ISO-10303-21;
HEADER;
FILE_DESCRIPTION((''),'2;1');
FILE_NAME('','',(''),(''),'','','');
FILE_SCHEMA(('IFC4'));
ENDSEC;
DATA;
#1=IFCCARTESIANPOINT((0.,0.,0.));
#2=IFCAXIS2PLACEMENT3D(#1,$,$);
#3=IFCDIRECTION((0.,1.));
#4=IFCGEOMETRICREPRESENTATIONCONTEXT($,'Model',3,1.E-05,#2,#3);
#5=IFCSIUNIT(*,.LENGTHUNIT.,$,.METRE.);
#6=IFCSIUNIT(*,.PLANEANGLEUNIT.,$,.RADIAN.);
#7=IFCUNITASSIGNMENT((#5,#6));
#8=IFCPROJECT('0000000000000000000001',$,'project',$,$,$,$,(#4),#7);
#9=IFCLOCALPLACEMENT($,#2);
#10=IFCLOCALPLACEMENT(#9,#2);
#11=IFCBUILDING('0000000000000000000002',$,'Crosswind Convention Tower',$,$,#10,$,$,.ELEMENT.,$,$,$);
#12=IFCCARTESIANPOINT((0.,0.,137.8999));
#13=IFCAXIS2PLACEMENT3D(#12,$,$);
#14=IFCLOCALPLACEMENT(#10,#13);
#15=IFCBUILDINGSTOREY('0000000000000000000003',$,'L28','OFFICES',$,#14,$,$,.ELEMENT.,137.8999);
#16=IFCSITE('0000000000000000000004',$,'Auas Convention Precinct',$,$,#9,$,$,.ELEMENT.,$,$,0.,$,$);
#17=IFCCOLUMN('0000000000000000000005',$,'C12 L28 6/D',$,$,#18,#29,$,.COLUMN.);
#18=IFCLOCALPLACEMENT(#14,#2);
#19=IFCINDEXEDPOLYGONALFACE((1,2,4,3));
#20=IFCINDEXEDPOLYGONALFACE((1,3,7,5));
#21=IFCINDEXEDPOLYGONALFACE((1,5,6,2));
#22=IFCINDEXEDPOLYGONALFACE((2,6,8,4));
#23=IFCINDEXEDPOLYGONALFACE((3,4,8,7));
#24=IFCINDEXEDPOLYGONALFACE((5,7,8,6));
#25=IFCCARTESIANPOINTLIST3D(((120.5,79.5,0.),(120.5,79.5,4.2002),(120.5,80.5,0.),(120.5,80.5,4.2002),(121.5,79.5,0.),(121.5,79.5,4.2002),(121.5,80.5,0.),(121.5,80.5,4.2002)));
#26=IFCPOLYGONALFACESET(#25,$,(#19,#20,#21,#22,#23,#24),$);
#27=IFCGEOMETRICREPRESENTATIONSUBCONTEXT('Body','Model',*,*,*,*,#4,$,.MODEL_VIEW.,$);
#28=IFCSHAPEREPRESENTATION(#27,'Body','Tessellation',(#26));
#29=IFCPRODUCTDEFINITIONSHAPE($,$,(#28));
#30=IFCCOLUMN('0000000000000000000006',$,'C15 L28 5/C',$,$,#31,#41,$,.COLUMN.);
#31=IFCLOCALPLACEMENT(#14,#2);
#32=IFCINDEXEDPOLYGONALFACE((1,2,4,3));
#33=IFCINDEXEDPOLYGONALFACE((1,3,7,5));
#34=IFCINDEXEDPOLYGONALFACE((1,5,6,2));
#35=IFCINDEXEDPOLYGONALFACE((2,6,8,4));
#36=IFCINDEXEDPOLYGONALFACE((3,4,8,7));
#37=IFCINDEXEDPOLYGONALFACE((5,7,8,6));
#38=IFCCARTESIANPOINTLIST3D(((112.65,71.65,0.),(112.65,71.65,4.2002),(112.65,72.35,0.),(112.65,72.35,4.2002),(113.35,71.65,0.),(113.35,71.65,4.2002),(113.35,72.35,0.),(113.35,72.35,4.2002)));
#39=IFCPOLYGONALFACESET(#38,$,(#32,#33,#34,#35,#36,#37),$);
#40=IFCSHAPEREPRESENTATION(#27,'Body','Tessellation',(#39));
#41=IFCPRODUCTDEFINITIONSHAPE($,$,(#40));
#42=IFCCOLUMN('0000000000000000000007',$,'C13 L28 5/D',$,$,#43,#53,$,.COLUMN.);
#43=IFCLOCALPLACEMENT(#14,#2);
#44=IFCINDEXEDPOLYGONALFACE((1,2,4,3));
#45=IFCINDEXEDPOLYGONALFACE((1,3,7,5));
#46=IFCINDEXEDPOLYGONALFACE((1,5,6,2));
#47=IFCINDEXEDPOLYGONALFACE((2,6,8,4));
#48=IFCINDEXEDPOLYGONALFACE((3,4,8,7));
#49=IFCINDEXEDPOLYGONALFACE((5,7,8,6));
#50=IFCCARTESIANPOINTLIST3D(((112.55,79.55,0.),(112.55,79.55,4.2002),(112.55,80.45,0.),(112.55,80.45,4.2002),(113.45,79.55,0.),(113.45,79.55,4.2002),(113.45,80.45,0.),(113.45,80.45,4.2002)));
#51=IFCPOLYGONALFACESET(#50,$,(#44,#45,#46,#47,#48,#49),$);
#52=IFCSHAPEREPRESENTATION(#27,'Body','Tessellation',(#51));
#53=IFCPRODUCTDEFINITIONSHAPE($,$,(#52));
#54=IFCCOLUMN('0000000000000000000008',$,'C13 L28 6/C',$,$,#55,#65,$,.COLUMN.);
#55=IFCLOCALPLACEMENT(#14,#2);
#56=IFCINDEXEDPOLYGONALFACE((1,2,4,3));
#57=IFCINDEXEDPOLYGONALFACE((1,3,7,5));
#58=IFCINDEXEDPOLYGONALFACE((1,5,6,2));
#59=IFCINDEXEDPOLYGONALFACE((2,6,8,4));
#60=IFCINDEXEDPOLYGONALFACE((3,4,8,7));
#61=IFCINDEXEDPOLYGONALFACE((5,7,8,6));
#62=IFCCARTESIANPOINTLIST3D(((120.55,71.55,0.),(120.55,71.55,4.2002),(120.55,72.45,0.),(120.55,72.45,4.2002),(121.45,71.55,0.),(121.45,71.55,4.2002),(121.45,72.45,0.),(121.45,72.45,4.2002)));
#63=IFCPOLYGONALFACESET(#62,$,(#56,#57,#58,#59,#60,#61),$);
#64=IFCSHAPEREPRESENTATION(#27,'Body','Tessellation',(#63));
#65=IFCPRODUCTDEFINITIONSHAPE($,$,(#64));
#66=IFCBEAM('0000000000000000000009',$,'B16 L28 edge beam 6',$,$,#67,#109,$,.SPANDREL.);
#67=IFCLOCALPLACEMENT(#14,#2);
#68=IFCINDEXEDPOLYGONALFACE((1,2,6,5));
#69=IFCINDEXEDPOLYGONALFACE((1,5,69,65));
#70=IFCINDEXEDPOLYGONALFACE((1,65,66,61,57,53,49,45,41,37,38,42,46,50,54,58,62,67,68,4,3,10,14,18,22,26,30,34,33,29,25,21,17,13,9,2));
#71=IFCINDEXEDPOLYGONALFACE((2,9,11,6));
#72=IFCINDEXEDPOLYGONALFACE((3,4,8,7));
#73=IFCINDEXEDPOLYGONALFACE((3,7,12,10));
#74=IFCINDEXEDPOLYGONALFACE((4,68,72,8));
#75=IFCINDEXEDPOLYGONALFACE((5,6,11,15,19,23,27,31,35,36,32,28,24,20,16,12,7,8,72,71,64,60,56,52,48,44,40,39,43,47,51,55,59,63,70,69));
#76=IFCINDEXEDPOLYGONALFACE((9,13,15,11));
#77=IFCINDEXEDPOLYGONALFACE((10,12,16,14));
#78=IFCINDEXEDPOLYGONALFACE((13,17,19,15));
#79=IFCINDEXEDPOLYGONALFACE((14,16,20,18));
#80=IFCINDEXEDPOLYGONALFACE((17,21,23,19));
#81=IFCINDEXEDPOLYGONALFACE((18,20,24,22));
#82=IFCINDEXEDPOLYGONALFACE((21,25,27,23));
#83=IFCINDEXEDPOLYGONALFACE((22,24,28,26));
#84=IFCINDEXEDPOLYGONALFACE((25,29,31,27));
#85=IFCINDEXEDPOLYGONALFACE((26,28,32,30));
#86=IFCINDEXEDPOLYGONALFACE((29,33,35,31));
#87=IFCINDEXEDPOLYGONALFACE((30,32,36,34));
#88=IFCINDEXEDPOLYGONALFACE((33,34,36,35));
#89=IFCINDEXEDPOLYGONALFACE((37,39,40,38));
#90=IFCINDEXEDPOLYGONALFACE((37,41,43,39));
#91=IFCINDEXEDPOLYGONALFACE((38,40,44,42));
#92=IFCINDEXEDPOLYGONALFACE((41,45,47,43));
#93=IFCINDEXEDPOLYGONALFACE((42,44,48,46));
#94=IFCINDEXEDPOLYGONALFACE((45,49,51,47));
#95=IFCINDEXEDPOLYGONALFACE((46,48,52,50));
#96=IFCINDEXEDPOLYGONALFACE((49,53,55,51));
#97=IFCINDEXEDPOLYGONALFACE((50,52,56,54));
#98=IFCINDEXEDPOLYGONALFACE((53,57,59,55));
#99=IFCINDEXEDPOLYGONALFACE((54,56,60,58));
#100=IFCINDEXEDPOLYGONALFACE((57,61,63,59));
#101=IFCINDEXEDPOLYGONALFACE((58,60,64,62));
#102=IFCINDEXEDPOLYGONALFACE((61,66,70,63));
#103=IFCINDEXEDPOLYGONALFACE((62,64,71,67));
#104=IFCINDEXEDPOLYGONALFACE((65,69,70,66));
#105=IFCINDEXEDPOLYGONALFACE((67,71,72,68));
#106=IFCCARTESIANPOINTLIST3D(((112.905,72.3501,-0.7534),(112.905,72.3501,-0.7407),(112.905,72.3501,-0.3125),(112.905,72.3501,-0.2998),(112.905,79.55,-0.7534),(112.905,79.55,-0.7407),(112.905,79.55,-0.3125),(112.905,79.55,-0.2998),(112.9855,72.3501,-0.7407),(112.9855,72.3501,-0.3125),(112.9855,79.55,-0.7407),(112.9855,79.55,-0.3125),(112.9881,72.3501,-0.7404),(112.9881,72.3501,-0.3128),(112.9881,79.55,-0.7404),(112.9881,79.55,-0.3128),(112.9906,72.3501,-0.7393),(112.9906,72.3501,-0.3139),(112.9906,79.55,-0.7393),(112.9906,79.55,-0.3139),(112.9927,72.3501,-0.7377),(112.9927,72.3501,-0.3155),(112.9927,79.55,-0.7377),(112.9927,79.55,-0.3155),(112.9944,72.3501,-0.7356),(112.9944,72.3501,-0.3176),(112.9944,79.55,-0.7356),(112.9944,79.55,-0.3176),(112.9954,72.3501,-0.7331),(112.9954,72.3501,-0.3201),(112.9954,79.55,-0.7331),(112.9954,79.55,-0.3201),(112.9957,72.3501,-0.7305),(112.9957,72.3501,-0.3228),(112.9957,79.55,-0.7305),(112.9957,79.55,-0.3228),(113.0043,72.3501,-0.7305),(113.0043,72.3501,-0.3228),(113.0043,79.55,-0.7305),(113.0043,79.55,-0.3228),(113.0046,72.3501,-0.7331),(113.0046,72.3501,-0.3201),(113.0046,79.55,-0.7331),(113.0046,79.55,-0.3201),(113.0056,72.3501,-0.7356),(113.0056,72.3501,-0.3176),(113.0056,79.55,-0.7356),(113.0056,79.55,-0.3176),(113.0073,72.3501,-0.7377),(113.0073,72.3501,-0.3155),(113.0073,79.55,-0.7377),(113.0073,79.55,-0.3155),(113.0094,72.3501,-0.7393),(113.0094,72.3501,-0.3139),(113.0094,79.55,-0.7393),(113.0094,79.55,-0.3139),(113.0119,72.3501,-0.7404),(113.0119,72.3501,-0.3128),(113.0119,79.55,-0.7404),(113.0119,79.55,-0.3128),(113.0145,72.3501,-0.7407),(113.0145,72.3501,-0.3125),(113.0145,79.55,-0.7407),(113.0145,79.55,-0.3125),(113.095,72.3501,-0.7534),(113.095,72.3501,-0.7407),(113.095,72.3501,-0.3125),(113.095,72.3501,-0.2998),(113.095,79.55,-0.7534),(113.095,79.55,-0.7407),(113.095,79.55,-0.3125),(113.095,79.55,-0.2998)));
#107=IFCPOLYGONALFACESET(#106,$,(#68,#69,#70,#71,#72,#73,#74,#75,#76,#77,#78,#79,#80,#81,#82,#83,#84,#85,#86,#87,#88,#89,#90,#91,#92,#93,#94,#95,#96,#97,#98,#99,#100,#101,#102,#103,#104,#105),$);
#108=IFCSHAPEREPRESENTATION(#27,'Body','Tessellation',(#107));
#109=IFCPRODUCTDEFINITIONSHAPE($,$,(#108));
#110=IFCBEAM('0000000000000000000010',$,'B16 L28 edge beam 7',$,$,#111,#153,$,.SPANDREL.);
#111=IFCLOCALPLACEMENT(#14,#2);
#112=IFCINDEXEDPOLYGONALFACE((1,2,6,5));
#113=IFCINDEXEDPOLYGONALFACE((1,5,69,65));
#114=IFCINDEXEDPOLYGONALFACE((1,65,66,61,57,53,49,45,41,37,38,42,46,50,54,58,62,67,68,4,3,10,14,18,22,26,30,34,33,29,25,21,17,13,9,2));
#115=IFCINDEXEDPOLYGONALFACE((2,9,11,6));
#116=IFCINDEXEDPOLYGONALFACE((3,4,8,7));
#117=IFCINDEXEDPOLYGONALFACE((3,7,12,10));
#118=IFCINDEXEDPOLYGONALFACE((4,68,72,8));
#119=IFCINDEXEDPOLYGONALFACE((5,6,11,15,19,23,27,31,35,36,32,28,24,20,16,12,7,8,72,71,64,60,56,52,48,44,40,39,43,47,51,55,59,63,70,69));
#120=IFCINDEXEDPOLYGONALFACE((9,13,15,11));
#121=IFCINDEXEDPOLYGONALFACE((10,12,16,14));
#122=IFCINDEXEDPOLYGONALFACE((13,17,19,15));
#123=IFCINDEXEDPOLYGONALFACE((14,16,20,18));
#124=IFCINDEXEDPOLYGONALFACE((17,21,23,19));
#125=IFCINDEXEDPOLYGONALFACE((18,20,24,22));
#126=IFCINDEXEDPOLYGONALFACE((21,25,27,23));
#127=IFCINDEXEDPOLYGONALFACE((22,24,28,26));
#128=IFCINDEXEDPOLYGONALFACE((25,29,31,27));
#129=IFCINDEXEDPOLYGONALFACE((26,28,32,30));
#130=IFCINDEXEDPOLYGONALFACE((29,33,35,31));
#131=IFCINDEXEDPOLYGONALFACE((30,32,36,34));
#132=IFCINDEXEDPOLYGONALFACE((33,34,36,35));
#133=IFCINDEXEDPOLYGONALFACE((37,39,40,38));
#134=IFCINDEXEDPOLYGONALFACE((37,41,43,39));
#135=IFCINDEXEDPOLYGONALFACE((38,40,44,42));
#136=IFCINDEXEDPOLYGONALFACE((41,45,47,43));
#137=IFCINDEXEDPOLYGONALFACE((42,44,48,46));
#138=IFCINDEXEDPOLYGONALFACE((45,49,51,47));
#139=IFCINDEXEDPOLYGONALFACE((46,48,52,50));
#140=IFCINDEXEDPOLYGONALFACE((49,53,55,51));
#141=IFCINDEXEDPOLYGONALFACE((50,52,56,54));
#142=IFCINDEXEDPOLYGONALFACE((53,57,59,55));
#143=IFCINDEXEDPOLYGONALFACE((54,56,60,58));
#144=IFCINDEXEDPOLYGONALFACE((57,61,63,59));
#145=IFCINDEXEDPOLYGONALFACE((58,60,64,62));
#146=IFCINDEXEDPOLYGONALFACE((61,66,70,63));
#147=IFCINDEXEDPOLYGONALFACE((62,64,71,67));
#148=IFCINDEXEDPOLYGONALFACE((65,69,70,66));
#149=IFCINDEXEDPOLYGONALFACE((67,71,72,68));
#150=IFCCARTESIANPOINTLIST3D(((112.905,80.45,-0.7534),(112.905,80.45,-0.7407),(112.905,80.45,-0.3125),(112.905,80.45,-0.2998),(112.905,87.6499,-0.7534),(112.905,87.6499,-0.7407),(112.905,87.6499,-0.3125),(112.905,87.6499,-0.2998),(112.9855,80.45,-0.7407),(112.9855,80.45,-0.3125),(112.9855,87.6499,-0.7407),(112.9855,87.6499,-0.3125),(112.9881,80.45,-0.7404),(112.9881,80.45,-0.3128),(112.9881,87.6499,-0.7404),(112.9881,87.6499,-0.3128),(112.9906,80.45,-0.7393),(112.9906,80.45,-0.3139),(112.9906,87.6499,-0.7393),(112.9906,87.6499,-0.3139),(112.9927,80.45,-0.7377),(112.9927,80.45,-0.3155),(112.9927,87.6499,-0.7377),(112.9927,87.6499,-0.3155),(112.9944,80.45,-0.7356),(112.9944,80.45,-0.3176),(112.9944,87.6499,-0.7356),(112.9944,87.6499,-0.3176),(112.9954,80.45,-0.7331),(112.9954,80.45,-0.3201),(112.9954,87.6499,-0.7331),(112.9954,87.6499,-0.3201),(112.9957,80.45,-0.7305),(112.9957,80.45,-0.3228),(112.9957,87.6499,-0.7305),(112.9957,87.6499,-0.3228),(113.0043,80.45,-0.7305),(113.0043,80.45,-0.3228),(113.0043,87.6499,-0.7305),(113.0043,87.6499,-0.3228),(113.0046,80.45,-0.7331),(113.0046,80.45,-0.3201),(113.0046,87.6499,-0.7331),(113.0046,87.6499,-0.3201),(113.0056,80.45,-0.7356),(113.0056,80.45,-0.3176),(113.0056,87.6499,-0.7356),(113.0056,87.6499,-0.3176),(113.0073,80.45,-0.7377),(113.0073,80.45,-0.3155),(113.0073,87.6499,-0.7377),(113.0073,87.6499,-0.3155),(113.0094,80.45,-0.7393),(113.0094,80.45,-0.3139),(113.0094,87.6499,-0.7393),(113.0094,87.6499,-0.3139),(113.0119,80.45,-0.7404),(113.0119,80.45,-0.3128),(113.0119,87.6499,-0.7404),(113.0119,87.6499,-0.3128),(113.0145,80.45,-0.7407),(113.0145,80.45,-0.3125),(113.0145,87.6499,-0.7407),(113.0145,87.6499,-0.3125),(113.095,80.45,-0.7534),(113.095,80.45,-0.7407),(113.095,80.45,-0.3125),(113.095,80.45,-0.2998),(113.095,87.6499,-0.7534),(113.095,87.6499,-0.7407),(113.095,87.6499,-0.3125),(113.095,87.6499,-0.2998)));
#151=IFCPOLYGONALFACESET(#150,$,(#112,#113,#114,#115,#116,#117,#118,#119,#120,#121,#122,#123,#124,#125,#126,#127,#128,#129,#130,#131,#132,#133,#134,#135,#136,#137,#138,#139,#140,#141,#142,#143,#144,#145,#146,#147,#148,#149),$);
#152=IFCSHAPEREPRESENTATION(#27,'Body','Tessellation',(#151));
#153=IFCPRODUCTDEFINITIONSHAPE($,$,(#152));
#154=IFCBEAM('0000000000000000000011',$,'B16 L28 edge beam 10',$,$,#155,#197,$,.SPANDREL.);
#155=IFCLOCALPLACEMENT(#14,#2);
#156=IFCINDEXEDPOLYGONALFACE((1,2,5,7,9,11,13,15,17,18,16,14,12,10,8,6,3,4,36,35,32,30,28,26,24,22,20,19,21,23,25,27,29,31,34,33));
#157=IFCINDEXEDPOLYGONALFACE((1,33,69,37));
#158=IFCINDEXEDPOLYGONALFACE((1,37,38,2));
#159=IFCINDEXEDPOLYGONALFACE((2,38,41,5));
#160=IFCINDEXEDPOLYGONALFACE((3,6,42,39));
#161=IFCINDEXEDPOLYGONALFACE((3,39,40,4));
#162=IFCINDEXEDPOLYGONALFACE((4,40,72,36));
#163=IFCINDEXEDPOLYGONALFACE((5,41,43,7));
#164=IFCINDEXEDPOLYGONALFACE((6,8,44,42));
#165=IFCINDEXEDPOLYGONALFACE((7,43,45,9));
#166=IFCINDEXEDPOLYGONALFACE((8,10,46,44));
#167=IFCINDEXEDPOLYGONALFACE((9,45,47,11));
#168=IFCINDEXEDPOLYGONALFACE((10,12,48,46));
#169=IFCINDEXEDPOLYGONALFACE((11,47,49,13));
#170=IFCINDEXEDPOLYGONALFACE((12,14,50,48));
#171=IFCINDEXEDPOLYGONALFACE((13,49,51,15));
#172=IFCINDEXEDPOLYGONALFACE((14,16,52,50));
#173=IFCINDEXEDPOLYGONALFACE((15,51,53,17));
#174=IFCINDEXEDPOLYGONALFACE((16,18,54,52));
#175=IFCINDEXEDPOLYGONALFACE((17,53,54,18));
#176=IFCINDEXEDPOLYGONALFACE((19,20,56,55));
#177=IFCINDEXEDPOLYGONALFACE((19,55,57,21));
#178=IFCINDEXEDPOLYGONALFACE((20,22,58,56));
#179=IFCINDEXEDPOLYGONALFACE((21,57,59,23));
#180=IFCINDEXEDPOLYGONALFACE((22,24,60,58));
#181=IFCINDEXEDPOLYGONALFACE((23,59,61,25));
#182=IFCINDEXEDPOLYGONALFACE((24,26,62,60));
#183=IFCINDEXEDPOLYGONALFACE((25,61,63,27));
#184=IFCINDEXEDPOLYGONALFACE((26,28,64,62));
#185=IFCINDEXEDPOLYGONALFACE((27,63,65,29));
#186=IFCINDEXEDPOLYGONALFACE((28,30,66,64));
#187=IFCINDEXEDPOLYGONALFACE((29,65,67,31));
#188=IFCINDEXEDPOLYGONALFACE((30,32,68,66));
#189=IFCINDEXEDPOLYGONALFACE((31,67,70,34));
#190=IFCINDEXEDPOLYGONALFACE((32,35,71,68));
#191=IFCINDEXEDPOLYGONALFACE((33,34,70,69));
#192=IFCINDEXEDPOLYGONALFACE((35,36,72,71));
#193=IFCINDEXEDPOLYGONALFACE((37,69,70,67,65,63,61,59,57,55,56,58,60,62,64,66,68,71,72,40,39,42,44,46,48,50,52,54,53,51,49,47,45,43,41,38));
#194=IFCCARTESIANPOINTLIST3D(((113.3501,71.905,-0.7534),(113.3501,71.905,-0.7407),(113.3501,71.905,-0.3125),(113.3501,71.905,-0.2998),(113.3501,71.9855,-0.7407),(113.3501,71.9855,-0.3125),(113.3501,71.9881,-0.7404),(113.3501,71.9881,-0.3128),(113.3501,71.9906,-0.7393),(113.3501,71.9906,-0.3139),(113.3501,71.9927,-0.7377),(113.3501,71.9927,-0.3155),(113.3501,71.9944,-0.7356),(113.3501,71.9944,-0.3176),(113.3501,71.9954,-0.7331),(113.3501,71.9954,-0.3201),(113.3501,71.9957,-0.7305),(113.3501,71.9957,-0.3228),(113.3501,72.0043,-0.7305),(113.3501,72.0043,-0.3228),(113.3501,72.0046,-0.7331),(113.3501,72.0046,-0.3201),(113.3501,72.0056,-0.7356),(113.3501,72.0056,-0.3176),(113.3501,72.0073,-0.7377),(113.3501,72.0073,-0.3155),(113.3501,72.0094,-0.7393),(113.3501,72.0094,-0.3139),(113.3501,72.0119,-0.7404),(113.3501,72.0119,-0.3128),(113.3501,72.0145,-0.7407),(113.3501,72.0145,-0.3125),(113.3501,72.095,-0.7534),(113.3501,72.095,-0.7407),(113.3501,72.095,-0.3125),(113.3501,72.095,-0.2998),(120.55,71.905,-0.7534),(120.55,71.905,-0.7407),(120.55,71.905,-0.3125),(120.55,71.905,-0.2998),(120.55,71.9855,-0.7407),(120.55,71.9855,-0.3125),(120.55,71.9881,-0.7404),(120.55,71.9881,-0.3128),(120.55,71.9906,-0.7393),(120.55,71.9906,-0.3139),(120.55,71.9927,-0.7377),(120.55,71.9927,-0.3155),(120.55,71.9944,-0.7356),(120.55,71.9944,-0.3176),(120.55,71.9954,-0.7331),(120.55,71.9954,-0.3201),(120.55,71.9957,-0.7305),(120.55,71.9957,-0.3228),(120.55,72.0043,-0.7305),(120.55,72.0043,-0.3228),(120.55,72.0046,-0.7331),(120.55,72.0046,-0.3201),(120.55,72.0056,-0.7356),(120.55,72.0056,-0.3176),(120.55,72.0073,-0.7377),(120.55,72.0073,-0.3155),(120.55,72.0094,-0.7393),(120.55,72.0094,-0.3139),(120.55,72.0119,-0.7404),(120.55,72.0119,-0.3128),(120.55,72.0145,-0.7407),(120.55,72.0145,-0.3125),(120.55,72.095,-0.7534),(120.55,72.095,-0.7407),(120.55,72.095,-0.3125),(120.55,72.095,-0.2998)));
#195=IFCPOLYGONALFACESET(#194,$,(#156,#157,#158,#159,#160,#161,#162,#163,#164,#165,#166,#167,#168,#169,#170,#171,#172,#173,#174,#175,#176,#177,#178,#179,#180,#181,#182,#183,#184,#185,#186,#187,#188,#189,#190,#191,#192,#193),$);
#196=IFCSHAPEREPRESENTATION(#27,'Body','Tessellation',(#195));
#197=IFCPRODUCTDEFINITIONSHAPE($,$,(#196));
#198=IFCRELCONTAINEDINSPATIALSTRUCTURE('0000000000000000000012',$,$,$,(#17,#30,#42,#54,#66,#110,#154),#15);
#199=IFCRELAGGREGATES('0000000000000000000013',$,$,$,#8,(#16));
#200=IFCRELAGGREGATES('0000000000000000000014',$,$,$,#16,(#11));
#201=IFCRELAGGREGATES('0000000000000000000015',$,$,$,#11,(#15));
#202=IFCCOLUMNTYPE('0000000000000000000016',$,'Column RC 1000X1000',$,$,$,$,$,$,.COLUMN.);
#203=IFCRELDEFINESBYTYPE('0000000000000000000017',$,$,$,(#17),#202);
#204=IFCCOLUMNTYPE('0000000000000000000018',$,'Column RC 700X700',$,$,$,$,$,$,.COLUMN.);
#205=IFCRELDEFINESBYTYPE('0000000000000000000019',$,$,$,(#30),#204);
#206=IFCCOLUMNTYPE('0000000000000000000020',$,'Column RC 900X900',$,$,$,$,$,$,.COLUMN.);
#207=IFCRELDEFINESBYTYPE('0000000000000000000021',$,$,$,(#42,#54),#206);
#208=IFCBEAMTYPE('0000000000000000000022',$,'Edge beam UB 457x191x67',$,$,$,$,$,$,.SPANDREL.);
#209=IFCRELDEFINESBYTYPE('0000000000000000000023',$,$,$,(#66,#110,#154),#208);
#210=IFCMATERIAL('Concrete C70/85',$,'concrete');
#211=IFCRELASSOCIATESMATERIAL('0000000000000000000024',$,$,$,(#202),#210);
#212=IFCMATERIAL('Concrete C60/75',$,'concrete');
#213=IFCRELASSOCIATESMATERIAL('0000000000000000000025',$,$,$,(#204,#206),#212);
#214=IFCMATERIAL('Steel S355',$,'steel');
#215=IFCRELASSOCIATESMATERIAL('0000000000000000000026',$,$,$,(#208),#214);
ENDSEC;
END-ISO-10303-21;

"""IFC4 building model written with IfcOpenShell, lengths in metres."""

from ifc_helpers import new_model, si_unit, direction, frame, origin, origin_2d, place, context, subcontext, project, spatial, rectangle, i_section, extrude, material, material_profile, profile_set, type_object, element, save


model = new_model("IFC4")

# Units and contexts
model_context = context("Model", 3, precision=1e-05, world=origin(), true_north=direction((0.0, 1.0)))
body_context = subcontext(model_context, "Body", "Model", "MODEL_VIEW")
ifc_project = project(units=[si_unit("LENGTHUNIT", "METRE"), si_unit("PLANEANGLEUNIT", "RADIAN")], contexts=[model_context])

# Site, building, storey
site_placement = place(None, origin())
site = spatial("IfcSite", under=ifc_project, at=site_placement, Name="Auas Convention Precinct", CompositionType="ELEMENT", RefElevation=0.0)
building_placement = place(site_placement, origin())
building = spatial("IfcBuilding", under=site, at=building_placement, Name="Crosswind Convention Tower", CompositionType="ELEMENT")
storey_placement = place(building_placement, frame((0.0, 0.0, 137.8999)))
storey = spatial("IfcBuildingStorey", under=building, at=storey_placement, Name="L28", Description="OFFICES", CompositionType="ELEMENT", Elevation=137.8999)

# Columns
ifc_material_1 = material(Name="Concrete C70/85", Category="concrete")
ifc_material_profile_1 = material_profile(ifc_material_1, rectangle(XDim=1.0, YDim=1.0, at=origin_2d()), Name="RC 1000X1000")
ifc_profile_set_1 = profile_set([ifc_material_profile_1], Name="Concrete C70/85")
column_type_1 = type_object("IfcColumnType", Name="Column RC 1000X1000", PredefinedType="COLUMN", material=ifc_profile_set_1)
column_1_placement = place(storey_placement, frame((121.0, 80.0, 0.0), z_axis=(0.0, 0.0, 1.0), x_axis=(1.0, 0.0, 0.0)))
element("IfcColumn", 1, at=column_1_placement, inside=storey, type_object=column_type_1, Name="C12 L28 6/D", PredefinedType="COLUMN", context=body_context, shape_type="SweptSolid", body=[
    extrude(rectangle(XDim=1.0, YDim=1.0, at=origin_2d()), origin(), (0.0, 0.0, 1.0), 4.2002),
])
ifc_material_2 = material(Name="Concrete C60/75", Category="concrete")
ifc_material_profile_2 = material_profile(ifc_material_2, rectangle(XDim=0.7, YDim=0.7, at=origin_2d()), Name="RC 700X700")
ifc_profile_set_2 = profile_set([ifc_material_profile_2], Name="Concrete C60/75")
column_type_2 = type_object("IfcColumnType", Name="Column RC 700X700", PredefinedType="COLUMN", material=ifc_profile_set_2)
column_2_placement = place(storey_placement, frame((113.0, 72.0, 0.0), z_axis=(0.0, 0.0, 1.0), x_axis=(1.0, 0.0, 0.0)))
element("IfcColumn", 2, at=column_2_placement, inside=storey, type_object=column_type_2, Name="C15 L28 5/C", PredefinedType="COLUMN", context=body_context, shape_type="SweptSolid", body=[
    extrude(rectangle(XDim=0.7, YDim=0.7, at=origin_2d()), origin(), (0.0, 0.0, 1.0), 4.2002),
])
ifc_material_profile_3 = material_profile(ifc_material_2, rectangle(XDim=0.8999, YDim=0.8999, at=origin_2d()), Name="RC 900X900")
ifc_profile_set_3 = profile_set([ifc_material_profile_3], Name="Concrete C60/75")
column_type_3 = type_object("IfcColumnType", Name="Column RC 900X900", PredefinedType="COLUMN", material=ifc_profile_set_3)
for number, where, z_axis, x_axis, name in (
    (3, (113.0, 80.0, 0.0), (0.0, 0.0, 1.0), (1.0, 0.0, 0.0), "C13 L28 5/D"),
    (4, (121.0, 72.0, 0.0), (0.0, 0.0, 1.0), (1.0, 0.0, 0.0), "C13 L28 6/C"),
):
    element("IfcColumn", number, at=place(storey_placement, frame(where, z_axis=z_axis, x_axis=x_axis)), inside=storey, type_object=column_type_3, Name=name, PredefinedType="COLUMN", context=body_context, shape_type="SweptSolid", body=[
        extrude(rectangle(XDim=0.8999, YDim=0.8999, at=origin_2d()), origin(), (0.0, 0.0, 1.0), 4.2002),
    ])

# Beams
ifc_material_3 = material(Name="Steel S355", Category="steel")
ifc_material_profile_4 = material_profile(ifc_material_3, i_section(OverallWidth=0.1899, OverallDepth=0.4536, WebThickness=0.0085, FlangeThickness=0.0127, FilletRadius=0.0103, at=origin_2d()), Name="UB 457x191x67")
ifc_profile_set_4 = profile_set([ifc_material_profile_4], Name="Steel S355")
beam_type_1 = type_object("IfcBeamType", Name="Edge beam UB 457x191x67", PredefinedType="SPANDREL", material=ifc_profile_set_4)
for number, where, z_axis, x_axis, name in (
    (5, (113.0, 72.3501, -0.5266), (0.0, 1.0, 0.0), (-1.0, 0.0, 0.0), "B16 L28 edge beam 6"),
    (6, (113.0, 80.45, -0.5266), (0.0, 1.0, 0.0), (-1.0, 0.0, 0.0), "B16 L28 edge beam 7"),
    (7, (113.3501, 72.0, -0.5266), (1.0, 0.0, 0.0), (0.0, 1.0, 0.0), "B16 L28 edge beam 10"),
):
    element("IfcBeam", number, at=place(storey_placement, frame(where, z_axis=z_axis, x_axis=x_axis)), inside=storey, type_object=beam_type_1, Name=name, PredefinedType="SPANDREL", context=body_context, shape_type="SweptSolid", body=[
        extrude(i_section(OverallWidth=0.1899, OverallDepth=0.4536, WebThickness=0.0085, FlangeThickness=0.0127, FilletRadius=0.0103, at=origin_2d()), origin(), (0.0, 0.0, 1.0), 7.2),
    ])

save(model, "model.ifc")
